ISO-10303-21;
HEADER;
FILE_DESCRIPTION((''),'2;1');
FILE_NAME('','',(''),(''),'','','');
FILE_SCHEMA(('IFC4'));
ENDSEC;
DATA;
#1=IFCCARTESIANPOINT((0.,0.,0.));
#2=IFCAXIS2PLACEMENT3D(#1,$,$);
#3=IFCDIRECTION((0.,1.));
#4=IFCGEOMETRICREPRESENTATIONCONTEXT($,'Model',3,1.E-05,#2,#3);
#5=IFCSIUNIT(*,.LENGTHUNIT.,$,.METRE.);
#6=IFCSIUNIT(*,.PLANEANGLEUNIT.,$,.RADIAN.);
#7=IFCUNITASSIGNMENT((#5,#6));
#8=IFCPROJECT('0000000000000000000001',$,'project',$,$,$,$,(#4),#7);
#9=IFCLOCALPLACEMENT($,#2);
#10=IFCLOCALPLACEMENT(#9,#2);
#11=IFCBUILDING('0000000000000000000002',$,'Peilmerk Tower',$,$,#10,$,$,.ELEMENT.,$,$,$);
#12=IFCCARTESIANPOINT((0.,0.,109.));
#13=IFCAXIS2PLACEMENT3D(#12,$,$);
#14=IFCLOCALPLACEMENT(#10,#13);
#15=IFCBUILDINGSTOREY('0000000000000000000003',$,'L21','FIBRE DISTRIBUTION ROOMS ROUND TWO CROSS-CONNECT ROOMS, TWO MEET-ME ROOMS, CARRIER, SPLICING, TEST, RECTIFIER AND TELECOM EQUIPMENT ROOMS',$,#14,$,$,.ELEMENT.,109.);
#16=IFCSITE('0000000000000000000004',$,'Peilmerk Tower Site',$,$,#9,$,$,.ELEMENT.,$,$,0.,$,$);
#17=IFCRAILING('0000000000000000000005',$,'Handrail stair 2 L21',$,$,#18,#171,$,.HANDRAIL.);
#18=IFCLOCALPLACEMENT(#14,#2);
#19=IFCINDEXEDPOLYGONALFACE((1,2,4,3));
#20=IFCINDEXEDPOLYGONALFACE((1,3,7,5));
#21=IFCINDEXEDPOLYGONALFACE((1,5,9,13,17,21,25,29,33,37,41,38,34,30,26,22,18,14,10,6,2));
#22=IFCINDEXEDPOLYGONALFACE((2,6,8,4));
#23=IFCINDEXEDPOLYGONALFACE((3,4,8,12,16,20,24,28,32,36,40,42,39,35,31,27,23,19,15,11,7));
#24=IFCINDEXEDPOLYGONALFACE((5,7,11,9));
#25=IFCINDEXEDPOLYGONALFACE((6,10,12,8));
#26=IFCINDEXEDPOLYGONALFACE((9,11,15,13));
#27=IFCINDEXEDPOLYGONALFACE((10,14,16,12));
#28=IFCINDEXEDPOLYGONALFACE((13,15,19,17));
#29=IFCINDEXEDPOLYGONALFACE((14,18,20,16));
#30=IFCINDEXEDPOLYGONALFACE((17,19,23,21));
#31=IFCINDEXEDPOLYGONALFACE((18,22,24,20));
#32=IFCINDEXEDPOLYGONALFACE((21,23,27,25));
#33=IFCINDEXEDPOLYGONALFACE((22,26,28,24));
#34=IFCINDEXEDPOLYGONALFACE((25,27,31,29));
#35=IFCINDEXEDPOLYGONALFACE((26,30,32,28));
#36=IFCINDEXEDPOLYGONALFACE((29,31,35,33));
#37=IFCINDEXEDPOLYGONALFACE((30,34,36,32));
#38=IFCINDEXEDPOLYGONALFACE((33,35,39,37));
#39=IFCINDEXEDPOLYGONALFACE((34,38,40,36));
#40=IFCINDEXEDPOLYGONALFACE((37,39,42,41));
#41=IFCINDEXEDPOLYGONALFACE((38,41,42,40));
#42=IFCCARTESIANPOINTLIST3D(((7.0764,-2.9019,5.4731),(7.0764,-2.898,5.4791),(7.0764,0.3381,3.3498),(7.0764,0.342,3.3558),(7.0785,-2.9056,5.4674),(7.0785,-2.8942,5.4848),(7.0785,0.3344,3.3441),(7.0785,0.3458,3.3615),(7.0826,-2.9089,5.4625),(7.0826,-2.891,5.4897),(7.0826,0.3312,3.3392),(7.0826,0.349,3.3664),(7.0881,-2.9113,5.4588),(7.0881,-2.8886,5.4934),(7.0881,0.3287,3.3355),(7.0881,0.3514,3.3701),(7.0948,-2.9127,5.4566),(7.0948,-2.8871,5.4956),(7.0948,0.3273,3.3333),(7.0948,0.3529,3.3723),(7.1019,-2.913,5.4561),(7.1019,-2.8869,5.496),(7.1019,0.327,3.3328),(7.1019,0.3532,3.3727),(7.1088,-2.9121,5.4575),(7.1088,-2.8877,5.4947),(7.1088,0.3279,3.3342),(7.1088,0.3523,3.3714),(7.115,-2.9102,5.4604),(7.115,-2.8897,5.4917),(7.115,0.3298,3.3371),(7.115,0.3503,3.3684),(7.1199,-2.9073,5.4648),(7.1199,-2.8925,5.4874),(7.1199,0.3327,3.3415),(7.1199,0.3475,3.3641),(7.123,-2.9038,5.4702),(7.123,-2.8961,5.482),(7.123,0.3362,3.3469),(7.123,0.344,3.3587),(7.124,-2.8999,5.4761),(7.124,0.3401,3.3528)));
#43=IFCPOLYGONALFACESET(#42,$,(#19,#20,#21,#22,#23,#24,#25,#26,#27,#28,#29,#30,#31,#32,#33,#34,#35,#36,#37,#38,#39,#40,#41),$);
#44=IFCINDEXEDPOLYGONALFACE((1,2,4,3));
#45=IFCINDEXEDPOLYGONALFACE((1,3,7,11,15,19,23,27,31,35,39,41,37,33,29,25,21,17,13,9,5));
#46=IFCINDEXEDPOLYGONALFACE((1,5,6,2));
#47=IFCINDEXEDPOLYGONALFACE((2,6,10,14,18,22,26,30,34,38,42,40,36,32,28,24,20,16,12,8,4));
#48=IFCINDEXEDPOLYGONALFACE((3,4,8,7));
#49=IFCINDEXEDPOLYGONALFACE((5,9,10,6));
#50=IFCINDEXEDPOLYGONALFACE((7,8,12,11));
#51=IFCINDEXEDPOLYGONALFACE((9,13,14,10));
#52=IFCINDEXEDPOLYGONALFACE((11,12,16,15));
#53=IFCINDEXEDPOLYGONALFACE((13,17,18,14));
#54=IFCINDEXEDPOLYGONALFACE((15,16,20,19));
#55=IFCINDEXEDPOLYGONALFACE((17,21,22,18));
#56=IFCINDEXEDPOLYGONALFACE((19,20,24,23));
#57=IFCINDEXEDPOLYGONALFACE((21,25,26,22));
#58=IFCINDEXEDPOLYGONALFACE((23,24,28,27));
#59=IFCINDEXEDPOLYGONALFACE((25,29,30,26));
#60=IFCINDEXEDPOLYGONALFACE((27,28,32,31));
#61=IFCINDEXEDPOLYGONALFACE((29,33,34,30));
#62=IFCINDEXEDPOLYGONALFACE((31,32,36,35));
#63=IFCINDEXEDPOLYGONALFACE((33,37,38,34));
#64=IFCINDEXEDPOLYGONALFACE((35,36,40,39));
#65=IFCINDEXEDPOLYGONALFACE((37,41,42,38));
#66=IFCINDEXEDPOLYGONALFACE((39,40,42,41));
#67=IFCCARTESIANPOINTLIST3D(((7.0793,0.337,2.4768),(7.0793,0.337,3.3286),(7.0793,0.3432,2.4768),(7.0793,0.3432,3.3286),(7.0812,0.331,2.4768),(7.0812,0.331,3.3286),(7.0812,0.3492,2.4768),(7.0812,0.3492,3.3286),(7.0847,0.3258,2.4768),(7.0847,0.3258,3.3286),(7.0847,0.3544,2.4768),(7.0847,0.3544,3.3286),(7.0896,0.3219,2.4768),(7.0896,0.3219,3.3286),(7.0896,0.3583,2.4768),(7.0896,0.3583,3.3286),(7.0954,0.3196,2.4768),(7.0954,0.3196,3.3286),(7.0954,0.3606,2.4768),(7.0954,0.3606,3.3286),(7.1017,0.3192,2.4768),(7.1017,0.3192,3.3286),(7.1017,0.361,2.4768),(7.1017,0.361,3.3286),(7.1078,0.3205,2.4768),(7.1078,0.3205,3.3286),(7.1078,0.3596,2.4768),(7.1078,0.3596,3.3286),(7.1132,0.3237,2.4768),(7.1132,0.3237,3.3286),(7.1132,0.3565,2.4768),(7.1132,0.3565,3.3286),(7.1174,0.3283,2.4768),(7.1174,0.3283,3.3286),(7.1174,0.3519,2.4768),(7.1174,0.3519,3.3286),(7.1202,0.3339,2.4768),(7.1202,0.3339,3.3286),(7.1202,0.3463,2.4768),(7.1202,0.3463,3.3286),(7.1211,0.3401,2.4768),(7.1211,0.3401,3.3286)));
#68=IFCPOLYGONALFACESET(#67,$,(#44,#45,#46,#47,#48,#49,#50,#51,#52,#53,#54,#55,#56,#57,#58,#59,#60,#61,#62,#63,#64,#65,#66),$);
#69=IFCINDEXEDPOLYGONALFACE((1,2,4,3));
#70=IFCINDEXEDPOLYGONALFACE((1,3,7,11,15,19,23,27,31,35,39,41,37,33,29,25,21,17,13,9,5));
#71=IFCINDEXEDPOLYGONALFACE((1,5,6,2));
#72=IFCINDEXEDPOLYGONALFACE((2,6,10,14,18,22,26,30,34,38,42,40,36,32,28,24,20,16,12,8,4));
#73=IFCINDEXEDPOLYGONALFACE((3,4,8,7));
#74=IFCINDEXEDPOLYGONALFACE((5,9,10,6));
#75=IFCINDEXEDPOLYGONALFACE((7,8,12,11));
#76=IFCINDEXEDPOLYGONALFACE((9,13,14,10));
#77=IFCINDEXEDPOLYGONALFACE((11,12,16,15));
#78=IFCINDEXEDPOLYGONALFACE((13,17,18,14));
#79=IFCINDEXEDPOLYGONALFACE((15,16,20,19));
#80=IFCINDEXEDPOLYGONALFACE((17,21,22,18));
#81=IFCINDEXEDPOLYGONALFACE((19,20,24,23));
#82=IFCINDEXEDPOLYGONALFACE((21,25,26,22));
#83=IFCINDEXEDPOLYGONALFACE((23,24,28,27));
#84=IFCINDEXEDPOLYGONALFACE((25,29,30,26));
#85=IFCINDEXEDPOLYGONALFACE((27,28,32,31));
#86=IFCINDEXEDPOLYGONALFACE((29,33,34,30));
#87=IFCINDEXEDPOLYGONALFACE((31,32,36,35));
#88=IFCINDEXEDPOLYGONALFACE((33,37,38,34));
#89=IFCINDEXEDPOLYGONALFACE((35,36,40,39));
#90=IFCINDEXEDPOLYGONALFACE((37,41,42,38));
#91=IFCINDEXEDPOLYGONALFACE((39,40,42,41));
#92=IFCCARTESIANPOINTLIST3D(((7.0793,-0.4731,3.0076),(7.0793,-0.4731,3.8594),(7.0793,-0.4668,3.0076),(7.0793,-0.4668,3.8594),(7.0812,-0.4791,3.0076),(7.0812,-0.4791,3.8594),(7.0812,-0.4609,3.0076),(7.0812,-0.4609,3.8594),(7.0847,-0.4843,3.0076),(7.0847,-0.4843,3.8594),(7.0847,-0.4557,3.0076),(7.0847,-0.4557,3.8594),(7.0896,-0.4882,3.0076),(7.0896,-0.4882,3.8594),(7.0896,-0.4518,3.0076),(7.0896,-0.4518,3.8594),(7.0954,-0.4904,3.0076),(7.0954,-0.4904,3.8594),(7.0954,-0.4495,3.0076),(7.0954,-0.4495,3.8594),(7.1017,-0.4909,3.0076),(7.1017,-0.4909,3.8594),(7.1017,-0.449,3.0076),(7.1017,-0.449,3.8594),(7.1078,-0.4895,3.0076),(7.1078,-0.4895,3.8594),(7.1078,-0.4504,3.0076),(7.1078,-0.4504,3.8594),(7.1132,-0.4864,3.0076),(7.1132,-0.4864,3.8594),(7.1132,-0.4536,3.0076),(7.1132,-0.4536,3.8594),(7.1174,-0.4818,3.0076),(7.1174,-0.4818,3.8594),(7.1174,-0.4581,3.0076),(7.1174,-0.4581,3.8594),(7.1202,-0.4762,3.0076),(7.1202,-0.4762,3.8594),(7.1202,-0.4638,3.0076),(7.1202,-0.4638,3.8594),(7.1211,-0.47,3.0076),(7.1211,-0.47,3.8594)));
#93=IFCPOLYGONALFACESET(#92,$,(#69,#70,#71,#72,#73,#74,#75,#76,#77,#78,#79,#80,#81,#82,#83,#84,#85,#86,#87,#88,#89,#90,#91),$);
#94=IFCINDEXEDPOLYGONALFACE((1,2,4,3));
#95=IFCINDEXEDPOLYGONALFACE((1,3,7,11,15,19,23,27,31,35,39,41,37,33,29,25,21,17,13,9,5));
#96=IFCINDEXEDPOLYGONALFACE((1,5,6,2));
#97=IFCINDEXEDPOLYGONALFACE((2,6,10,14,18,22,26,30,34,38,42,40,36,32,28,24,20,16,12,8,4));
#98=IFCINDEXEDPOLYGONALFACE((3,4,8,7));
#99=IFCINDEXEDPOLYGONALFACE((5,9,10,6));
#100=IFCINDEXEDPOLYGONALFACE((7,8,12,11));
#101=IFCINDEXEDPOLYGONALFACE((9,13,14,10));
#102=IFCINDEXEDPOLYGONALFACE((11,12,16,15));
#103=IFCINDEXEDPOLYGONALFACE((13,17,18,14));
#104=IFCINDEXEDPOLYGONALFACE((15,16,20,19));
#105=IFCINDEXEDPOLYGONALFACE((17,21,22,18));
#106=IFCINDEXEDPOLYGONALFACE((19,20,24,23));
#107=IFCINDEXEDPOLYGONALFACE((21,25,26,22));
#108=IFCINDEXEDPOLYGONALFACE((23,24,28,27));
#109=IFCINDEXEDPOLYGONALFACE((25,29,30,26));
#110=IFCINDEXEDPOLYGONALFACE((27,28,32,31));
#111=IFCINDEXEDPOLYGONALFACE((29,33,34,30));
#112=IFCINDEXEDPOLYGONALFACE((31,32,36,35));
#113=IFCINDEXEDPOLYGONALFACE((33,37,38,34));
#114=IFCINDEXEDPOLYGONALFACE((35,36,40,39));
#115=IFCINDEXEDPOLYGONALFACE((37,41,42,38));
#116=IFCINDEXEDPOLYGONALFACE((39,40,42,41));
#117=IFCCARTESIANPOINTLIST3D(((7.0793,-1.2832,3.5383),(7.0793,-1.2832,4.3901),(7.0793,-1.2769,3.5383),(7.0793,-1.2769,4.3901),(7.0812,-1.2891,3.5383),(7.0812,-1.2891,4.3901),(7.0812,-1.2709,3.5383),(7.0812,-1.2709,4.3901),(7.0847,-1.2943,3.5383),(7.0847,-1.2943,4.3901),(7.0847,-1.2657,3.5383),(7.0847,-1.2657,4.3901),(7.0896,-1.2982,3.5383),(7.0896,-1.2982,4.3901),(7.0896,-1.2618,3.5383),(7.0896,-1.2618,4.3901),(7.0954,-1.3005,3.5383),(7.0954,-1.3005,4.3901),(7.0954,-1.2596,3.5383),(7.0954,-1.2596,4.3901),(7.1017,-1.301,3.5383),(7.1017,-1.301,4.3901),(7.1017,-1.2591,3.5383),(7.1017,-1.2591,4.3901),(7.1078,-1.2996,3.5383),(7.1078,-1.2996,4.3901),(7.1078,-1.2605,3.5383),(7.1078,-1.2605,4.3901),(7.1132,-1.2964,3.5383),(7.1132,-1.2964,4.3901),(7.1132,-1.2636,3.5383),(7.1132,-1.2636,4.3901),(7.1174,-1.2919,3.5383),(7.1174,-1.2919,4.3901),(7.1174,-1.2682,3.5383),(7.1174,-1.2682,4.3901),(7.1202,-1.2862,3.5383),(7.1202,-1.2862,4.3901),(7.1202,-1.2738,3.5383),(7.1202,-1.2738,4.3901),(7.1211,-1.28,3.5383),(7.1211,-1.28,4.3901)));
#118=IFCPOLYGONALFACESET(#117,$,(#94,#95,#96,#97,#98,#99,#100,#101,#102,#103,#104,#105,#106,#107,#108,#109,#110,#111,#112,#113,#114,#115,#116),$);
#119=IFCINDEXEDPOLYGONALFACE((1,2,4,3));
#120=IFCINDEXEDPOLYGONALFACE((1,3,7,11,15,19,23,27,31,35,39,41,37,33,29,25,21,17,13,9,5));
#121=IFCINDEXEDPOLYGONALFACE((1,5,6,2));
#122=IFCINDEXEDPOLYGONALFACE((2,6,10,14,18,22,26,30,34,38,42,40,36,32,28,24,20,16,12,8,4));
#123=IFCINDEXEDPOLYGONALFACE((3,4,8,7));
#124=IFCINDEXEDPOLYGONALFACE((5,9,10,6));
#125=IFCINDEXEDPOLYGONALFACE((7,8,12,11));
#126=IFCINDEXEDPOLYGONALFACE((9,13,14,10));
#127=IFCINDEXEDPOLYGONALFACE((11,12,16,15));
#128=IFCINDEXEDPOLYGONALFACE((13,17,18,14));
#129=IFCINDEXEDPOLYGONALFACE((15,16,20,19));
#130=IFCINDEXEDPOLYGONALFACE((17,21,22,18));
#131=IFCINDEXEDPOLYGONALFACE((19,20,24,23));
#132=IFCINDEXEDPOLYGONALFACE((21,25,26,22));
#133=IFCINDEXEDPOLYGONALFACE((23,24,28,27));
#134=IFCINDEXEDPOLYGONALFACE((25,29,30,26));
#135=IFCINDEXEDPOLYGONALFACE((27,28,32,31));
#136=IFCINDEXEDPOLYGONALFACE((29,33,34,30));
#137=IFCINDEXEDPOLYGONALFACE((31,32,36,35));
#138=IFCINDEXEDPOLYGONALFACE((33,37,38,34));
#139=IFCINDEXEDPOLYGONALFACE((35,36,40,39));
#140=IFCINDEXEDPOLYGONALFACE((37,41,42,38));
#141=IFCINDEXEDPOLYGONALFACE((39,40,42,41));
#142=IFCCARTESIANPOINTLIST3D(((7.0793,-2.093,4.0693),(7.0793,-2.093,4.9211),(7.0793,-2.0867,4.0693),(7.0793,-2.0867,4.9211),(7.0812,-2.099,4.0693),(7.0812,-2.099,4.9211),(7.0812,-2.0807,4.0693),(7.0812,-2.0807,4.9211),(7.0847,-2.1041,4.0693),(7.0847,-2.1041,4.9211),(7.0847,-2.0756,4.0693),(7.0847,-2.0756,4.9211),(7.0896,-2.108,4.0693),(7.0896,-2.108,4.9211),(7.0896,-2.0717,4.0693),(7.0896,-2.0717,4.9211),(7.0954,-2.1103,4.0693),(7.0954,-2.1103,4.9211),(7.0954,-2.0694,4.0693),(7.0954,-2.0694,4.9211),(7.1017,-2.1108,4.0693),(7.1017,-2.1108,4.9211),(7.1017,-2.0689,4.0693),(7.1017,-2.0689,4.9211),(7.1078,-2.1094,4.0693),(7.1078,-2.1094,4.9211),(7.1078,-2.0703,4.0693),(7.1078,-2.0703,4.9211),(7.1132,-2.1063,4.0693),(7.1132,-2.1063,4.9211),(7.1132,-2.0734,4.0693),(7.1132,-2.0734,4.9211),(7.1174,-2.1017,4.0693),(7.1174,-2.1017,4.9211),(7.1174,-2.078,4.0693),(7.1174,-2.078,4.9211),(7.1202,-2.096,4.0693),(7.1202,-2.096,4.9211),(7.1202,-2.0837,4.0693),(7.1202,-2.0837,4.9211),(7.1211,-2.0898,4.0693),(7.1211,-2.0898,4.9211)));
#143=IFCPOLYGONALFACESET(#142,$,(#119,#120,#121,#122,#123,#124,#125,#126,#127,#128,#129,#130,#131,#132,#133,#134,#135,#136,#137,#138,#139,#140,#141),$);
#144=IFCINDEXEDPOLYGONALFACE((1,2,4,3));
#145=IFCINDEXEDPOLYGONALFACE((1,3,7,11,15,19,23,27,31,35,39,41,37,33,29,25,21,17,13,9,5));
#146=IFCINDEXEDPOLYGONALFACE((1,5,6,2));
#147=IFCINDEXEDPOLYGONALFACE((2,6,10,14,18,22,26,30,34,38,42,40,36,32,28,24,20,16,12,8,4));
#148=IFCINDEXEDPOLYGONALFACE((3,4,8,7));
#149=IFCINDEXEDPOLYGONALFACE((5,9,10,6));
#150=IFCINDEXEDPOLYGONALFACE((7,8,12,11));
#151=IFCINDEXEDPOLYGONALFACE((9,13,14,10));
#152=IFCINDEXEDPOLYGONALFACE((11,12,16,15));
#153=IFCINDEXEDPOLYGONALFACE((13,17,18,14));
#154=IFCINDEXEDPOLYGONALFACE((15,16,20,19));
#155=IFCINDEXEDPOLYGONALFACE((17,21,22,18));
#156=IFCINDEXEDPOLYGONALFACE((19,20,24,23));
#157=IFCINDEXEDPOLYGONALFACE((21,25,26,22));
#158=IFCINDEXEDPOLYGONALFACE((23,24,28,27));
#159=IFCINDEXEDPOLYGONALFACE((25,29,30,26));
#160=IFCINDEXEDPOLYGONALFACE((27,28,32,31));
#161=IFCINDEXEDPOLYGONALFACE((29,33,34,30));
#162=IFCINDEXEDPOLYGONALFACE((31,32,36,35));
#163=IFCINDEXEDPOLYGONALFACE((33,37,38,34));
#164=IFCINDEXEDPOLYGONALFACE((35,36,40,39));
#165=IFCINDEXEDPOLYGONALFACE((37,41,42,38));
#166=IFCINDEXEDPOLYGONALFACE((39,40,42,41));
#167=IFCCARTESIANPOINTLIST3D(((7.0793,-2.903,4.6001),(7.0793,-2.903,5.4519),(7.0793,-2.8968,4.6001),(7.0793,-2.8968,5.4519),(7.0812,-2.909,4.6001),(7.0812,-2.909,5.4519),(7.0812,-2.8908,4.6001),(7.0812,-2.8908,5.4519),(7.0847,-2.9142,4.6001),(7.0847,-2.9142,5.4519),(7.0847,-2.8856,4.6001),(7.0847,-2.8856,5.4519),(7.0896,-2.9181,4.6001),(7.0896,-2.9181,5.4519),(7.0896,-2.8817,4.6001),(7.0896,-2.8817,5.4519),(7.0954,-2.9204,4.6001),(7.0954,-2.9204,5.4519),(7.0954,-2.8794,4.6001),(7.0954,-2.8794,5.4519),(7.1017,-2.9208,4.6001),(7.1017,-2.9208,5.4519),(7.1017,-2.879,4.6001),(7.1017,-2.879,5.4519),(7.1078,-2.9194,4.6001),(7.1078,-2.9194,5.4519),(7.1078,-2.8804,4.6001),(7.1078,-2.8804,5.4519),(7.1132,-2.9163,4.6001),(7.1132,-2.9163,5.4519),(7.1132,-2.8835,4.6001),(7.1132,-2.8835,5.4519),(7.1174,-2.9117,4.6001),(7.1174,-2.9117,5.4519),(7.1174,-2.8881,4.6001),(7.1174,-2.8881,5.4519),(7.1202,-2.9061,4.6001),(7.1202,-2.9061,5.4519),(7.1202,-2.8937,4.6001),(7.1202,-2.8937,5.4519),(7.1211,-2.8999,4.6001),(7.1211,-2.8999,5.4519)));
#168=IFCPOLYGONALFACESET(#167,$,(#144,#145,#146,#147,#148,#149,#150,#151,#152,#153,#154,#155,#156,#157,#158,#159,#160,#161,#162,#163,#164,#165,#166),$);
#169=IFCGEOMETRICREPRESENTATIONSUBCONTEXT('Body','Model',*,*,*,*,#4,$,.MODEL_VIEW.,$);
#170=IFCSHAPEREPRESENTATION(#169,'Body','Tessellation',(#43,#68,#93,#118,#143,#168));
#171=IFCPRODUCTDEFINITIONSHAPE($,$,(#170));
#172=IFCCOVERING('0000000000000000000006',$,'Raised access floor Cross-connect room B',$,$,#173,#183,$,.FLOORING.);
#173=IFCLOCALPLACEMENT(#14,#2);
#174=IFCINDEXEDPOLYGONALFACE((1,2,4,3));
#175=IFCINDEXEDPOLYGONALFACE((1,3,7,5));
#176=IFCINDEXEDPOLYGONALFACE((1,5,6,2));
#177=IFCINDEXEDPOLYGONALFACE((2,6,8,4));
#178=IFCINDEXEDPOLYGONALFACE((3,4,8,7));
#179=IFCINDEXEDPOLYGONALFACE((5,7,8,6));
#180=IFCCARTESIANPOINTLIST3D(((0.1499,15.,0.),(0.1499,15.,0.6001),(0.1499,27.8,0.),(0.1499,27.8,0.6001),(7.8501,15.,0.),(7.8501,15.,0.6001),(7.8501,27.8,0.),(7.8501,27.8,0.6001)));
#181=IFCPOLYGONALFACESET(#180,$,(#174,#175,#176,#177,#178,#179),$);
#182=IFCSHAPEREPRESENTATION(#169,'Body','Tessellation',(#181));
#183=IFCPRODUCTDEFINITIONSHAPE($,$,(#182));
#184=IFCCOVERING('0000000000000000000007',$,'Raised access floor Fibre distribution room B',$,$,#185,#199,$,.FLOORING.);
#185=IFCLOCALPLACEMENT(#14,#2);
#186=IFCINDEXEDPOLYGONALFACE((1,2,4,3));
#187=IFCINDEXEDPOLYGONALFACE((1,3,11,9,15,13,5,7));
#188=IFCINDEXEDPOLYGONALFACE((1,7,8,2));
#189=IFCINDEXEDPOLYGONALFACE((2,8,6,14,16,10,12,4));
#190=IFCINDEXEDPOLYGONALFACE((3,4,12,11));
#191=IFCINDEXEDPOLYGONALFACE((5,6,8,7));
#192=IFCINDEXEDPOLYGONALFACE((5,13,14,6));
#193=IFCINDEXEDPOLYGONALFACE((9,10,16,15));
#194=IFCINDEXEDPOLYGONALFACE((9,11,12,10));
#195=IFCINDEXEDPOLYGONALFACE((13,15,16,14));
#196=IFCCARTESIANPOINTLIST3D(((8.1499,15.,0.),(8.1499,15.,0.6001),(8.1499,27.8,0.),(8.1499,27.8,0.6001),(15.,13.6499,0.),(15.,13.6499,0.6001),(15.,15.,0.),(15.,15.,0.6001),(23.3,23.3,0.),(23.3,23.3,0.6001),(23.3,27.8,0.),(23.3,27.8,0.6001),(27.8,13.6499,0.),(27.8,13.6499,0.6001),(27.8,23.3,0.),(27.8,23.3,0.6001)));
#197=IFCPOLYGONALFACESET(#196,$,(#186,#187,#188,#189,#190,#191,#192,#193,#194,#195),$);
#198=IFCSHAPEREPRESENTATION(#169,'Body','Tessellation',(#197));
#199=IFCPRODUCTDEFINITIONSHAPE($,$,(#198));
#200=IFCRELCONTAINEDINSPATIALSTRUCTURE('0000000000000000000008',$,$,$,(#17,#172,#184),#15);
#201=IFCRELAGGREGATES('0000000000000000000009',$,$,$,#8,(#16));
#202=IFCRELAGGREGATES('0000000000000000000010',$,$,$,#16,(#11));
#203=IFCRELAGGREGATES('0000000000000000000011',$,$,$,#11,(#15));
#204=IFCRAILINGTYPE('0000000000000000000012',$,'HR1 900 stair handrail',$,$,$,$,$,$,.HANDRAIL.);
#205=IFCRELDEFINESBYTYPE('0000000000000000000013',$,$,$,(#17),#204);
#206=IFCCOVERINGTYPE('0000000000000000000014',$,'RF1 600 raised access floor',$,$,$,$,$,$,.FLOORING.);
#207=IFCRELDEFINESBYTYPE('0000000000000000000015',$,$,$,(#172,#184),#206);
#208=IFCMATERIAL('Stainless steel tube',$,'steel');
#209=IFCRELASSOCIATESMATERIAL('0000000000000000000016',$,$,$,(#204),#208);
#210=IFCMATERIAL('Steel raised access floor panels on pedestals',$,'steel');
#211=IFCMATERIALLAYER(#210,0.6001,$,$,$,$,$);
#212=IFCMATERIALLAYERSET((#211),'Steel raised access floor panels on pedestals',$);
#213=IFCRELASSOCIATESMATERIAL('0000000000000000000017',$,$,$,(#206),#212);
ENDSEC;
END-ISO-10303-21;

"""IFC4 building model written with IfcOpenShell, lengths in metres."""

from ifc_helpers import new_model, si_unit, direction, frame, origin, origin_2d, place, context, subcontext, project, spatial, polyline, circle, outline, extrude, material, layer, layer_set, type_object, element, save


model = new_model("IFC4")

# Units and contexts
model_context = context("Model", 3, precision=1e-05, world=origin(), true_north=direction((0.0, 1.0)))
body_context = subcontext(model_context, "Body", "Model", "MODEL_VIEW")
ifc_project = project(units=[si_unit("LENGTHUNIT", "METRE"), si_unit("PLANEANGLEUNIT", "RADIAN")], contexts=[model_context])

# Site, building, storey
site_placement = place(None, origin())
site = spatial("IfcSite", under=ifc_project, at=site_placement, Name="Peilmerk Tower Site", CompositionType="ELEMENT", RefElevation=0.0)
building_placement = place(site_placement, origin())
building = spatial("IfcBuilding", under=site, at=building_placement, Name="Peilmerk Tower", CompositionType="ELEMENT")
storey_placement = place(building_placement, frame((0.0, 0.0, 109.0)))
storey = spatial("IfcBuildingStorey", under=building, at=storey_placement, Name="L21", Description="FIBRE DISTRIBUTION ROOMS ROUND TWO CROSS-CONNECT ROOMS, TWO MEET-ME ROOMS, CARRIER, SPLICING, TEST, RECTIFIER AND TELECOM EQUIPMENT ROOMS", CompositionType="ELEMENT", Elevation=109.0)

# Railing
ifc_material_1 = material(Name="Stainless steel tube", Category="steel")
railing_type_1 = type_object("IfcRailingType", Name="HR1 900 stair handrail", PredefinedType="HANDRAIL", material=ifc_material_1)
railing_1_placement = place(storey_placement, frame((7.1001, 0.3401, 2.4768)))
element("IfcRailing", 1, at=railing_1_placement, inside=storey, type_object=railing_type_1, Name="Handrail stair 2 L21", PredefinedType="HANDRAIL", context=body_context, shape_type="SweptSolid", body=[
    extrude(circle(Radius=0.0239, at=origin_2d()), frame((0.0, 0.0, 0.876), z_axis=(0.0, -0.836397, 0.548124), x_axis=(1.0, 0.0, 0.0)), (0.0, 0.0, 1.0), 3.8738),
    extrude(circle(Radius=0.021, at=origin_2d()), origin(), (0.0, 0.0, 1.0), 0.8518),
    extrude(circle(Radius=0.021, at=origin_2d()), frame((0.0, -0.8101, 0.5308)), (0.0, 0.0, 1.0), 0.8518),
    extrude(circle(Radius=0.021, at=origin_2d()), frame((0.0, -1.6201, 1.0615)), (0.0, 0.0, 1.0), 0.8518),
    extrude(circle(Radius=0.021, at=origin_2d()), frame((0.0, -2.4299, 1.5925)), (0.0, 0.0, 1.0), 0.8518),
    extrude(circle(Radius=0.021, at=origin_2d()), frame((0.0, -3.24, 2.1233)), (0.0, 0.0, 1.0), 0.8518),
])

# Coverings
ifc_material_2 = material(Name="Steel raised access floor panels on pedestals", Category="steel")
ifc_layer_1 = layer(ifc_material_2, 0.6001)
ifc_layer_set_1 = layer_set([ifc_layer_1], Name="Steel raised access floor panels on pedestals")
covering_type_1 = type_object("IfcCoveringType", Name="RF1 600 raised access floor", PredefinedType="FLOORING", material=ifc_layer_set_1)
covering_1_placement = place(storey_placement, origin())
element("IfcCovering", 2, at=covering_1_placement, inside=storey, type_object=covering_type_1, Name="Raised access floor Cross-connect room B", PredefinedType="FLOORING", context=body_context, shape_type="SweptSolid", body=[
    extrude(outline(polyline([(7.8501, 27.8), (0.1499, 27.8), (0.1499, 15.0), (7.8501, 15.0), (7.8501, 27.8)])), origin(), (0.0, 0.0, 1.0), 0.6001),
])
covering_2_placement = place(storey_placement, origin())
element("IfcCovering", 3, at=covering_2_placement, inside=storey, type_object=covering_type_1, Name="Raised access floor Fibre distribution room B", PredefinedType="FLOORING", context=body_context, shape_type="SweptSolid", body=[
    extrude(outline(polyline([(23.3, 27.8), (8.1499, 27.8), (8.1499, 15.0), (15.0, 15.0), (15.0, 13.6499), (27.8, 13.6499), (27.8, 23.3), (23.3, 23.3), (23.3, 27.8)])), origin(), (0.0, 0.0, 1.0), 0.6001),
])

save(model, "model.ifc")
